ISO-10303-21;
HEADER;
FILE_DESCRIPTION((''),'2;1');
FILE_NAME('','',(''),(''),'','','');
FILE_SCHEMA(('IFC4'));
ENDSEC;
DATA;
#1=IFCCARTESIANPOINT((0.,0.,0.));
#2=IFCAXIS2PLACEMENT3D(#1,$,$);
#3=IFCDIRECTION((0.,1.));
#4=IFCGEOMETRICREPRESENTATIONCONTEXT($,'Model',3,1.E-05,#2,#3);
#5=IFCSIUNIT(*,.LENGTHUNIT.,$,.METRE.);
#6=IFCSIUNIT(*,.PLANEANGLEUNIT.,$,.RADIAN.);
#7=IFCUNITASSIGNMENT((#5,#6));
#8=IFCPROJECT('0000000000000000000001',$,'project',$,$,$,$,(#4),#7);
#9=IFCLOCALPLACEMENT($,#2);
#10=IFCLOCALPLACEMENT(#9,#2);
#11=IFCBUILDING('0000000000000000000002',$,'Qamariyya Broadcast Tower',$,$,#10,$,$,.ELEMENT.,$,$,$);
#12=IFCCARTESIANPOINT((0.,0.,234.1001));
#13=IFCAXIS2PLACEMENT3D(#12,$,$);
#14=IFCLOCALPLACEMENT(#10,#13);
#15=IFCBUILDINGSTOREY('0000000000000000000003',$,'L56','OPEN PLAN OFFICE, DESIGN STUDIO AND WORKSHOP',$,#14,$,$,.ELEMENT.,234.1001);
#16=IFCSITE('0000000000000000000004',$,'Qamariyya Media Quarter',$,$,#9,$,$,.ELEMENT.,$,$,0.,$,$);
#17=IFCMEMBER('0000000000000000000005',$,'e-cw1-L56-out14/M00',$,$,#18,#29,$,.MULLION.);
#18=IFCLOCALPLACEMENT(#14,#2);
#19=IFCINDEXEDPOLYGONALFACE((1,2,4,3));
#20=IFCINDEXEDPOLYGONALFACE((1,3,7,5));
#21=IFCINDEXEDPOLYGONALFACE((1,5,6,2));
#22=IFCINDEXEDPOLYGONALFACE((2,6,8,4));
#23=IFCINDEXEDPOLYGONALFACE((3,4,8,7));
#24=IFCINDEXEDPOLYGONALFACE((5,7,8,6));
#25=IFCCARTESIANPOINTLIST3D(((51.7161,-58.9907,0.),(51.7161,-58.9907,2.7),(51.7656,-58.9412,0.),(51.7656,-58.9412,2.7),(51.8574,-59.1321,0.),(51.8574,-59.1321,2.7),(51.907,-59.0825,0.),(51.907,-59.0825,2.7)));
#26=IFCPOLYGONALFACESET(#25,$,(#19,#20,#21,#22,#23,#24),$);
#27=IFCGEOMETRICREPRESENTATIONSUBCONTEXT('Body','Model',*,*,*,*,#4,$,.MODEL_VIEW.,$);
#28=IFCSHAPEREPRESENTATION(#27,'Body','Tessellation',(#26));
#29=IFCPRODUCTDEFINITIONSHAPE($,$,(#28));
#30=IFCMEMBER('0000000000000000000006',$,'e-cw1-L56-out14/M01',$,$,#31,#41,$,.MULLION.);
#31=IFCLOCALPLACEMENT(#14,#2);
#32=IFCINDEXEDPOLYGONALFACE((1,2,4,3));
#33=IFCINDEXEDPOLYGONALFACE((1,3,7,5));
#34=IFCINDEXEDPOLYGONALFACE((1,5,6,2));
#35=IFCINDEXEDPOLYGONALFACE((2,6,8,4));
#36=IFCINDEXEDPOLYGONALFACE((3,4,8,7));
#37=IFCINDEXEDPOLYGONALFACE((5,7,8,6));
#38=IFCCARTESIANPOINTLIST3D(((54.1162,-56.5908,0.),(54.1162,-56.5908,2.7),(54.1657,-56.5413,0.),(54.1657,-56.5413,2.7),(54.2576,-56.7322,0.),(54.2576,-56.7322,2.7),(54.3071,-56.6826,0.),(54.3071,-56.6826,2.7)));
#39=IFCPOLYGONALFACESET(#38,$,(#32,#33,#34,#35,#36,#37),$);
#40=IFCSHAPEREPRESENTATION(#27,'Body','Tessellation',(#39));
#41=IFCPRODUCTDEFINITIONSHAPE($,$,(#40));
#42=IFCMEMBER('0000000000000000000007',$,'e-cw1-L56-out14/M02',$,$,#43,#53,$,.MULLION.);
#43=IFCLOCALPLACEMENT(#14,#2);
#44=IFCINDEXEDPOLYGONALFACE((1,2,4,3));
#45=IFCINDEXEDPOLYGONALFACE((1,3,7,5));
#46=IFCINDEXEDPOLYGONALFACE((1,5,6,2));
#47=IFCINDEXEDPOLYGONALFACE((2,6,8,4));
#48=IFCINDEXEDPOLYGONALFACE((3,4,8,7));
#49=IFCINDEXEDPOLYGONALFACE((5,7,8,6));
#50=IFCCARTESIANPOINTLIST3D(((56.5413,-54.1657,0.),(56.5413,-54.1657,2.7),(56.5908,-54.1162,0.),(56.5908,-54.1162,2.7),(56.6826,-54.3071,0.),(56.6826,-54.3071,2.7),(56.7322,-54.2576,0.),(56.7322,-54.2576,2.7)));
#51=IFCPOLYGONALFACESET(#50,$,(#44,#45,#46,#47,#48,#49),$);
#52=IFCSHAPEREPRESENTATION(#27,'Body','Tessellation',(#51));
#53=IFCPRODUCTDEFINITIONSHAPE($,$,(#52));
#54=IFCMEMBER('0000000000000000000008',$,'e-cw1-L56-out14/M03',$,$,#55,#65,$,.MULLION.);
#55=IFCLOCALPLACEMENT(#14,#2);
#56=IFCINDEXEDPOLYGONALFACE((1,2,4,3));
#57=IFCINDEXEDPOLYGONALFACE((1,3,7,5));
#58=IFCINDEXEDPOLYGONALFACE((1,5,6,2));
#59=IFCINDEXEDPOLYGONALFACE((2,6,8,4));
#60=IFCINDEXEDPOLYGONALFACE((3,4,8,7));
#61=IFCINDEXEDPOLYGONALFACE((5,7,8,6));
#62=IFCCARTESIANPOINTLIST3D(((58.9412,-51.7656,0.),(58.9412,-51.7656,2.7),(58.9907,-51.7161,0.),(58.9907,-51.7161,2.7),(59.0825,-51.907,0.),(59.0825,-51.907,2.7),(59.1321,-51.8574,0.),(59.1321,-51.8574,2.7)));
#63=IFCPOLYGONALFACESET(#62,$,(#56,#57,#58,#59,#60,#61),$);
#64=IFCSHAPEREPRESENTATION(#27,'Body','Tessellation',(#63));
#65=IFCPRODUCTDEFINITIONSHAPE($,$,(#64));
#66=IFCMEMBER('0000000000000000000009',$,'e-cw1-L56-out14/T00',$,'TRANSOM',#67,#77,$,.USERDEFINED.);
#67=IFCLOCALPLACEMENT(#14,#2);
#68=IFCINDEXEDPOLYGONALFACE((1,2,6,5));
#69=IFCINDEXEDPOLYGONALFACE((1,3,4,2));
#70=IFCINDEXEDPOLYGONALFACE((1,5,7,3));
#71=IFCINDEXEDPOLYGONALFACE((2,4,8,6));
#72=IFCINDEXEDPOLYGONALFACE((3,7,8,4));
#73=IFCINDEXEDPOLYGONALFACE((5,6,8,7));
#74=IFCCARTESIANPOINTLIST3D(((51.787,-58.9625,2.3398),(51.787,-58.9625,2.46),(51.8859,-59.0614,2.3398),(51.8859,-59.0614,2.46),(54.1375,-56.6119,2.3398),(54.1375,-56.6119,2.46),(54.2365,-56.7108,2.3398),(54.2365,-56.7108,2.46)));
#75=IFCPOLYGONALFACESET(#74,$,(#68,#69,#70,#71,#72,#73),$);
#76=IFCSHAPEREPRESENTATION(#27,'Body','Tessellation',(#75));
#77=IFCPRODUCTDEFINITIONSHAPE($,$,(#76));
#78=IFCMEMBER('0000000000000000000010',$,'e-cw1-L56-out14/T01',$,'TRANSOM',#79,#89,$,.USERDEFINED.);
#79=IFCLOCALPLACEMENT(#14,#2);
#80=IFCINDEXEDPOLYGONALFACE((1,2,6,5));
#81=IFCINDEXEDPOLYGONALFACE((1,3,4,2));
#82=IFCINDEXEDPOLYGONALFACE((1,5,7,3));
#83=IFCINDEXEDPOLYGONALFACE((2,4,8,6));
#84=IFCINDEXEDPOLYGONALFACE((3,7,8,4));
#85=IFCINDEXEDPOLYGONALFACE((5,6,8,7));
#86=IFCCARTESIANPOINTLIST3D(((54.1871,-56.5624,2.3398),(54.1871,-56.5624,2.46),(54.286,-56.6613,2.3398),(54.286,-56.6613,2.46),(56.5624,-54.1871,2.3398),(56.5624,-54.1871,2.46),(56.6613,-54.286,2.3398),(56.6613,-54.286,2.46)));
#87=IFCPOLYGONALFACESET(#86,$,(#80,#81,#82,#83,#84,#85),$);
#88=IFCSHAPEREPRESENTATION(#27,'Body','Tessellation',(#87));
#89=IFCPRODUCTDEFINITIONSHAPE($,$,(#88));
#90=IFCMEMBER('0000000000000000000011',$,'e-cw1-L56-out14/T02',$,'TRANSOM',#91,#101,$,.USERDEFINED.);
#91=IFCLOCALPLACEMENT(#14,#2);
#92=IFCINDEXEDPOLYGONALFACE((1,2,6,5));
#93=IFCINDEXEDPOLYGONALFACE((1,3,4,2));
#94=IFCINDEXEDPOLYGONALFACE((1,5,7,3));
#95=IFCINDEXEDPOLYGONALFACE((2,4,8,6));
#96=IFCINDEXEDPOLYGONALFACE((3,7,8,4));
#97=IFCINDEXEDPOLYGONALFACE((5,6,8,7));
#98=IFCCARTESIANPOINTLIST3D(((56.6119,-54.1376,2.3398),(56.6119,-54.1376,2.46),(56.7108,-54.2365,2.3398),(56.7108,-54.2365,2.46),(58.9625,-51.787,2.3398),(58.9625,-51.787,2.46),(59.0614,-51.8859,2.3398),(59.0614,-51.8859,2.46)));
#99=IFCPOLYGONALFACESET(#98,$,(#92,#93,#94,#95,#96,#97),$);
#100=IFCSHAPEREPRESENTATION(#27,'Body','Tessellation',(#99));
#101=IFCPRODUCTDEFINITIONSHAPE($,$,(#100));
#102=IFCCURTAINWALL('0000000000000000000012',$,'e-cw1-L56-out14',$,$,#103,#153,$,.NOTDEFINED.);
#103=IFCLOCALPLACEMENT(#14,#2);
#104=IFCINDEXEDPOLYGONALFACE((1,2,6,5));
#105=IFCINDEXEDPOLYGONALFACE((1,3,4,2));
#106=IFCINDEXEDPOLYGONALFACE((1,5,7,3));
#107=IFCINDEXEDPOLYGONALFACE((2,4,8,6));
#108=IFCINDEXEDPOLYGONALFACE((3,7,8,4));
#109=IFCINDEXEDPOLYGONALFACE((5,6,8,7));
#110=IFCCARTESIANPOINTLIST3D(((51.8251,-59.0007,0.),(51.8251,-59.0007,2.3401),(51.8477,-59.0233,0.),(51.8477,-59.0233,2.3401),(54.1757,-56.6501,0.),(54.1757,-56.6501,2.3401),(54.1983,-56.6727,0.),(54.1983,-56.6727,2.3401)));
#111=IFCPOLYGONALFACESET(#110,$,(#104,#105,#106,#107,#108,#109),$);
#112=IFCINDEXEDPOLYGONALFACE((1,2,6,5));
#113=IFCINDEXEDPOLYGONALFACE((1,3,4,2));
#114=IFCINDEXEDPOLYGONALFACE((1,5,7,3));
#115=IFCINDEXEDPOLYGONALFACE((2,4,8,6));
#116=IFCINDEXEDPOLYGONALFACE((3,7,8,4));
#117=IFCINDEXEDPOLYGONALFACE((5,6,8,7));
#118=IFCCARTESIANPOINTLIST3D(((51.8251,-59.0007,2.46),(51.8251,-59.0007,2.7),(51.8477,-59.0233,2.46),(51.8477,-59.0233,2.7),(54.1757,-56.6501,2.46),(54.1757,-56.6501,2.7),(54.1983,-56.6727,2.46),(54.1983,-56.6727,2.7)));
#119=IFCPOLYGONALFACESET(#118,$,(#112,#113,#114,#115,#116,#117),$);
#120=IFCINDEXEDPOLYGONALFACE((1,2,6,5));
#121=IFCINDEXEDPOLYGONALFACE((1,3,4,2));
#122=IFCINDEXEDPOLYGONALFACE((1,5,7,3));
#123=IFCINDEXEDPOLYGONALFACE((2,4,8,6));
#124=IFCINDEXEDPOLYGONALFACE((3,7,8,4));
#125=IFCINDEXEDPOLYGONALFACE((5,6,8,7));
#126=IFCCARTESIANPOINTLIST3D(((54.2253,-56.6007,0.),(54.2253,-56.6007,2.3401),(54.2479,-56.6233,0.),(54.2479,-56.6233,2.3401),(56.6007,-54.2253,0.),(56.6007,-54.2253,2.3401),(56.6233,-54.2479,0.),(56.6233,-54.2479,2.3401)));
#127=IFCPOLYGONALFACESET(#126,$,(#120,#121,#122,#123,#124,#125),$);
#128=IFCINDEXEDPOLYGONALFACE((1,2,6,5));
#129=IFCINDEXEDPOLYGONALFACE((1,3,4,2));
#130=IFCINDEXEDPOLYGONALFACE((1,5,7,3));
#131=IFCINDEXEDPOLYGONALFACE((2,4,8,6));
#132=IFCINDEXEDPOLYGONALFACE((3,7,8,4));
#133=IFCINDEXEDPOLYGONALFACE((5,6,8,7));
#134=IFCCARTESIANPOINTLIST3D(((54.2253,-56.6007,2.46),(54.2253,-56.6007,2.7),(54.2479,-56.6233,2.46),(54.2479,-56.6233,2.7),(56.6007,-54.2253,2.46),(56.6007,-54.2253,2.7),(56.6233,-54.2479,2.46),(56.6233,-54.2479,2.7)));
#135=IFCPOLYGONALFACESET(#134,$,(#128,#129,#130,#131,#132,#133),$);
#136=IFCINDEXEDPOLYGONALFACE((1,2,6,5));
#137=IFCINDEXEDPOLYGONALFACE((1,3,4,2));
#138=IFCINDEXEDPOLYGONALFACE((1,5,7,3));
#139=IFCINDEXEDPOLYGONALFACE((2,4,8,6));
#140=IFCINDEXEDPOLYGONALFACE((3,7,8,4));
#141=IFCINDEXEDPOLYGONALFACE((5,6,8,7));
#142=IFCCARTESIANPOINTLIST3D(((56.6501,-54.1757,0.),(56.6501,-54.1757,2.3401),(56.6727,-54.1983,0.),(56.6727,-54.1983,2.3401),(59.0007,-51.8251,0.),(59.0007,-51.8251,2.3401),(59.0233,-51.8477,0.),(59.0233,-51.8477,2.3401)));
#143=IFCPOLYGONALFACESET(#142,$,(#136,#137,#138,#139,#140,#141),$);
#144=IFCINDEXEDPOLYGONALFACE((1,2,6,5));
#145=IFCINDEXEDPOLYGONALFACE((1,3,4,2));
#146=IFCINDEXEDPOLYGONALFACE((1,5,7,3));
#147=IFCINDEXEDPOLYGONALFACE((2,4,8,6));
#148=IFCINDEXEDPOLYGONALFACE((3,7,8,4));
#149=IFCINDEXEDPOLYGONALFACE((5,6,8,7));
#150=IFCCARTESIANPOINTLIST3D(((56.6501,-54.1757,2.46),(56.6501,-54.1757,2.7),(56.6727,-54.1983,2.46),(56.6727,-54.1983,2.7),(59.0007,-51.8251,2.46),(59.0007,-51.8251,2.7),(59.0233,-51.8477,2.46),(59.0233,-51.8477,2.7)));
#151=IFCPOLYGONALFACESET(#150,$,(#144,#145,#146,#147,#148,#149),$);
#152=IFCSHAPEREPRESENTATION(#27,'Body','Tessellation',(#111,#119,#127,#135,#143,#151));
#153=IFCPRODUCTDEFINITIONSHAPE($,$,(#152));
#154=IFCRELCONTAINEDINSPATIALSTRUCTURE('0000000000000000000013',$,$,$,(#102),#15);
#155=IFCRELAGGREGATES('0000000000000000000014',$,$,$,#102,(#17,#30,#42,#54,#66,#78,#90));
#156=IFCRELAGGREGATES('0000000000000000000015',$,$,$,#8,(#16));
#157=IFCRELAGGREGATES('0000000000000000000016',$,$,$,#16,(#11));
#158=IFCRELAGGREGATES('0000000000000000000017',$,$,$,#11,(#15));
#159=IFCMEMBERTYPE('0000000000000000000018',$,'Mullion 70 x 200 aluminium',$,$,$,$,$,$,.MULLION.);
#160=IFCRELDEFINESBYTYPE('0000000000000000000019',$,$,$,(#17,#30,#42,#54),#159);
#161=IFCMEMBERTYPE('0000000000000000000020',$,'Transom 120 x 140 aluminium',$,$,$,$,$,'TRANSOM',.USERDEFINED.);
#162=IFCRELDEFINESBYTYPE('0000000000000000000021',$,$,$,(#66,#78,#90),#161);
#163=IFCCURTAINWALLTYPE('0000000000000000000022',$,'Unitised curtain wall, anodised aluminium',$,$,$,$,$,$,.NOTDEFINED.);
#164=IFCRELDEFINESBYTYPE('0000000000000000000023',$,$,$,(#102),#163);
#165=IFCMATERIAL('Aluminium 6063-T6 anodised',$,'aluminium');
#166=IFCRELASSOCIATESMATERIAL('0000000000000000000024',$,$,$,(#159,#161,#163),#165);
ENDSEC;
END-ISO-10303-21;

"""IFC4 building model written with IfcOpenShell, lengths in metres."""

from ifc_helpers import new_model, si_unit, direction, frame, origin, origin_2d, place, context, subcontext, project, spatial, rectangle, extrude, material, material_profile, profile_set, type_object, element, aggregate, save


model = new_model("IFC4")

# Units and contexts
model_context = context("Model", 3, precision=1e-05, world=origin(), true_north=direction((0.0, 1.0)))
body_context = subcontext(model_context, "Body", "Model", "MODEL_VIEW")
ifc_project = project(units=[si_unit("LENGTHUNIT", "METRE"), si_unit("PLANEANGLEUNIT", "RADIAN")], contexts=[model_context])

# Members
ifc_material_1 = material(Name="Aluminium 6063-T6 anodised", Category="aluminium")
ifc_material_profile_1 = material_profile(ifc_material_1, rectangle(XDim=0.2, YDim=0.0701, at=origin_2d()))
ifc_profile_set_1 = profile_set([ifc_material_profile_1], Name="Aluminium 6063-T6 anodised")
member_type_1 = type_object("IfcMemberType", Name="Mullion 70 x 200 aluminium", PredefinedType="MULLION", material=ifc_profile_set_1)
site_placement = place(None, origin())
building_placement = place(site_placement, origin())
storey_placement = place(building_placement, frame((0.0, 0.0, 234.1001)))
member_1_placement = place(storey_placement, frame((51.8115, -59.0366, 0.0), z_axis=(0.0, 0.0, 1.0), x_axis=(-0.707107, 0.707107, 0.0)))
member_1 = element("IfcMember", 1, at=member_1_placement, type_object=member_type_1, Name="e-cw1-L56-out14/M00", PredefinedType="MULLION", context=body_context, shape_type="SweptSolid", body=[
    extrude(rectangle(XDim=0.2, YDim=0.0701, at=origin_2d()), origin(), (0.0, 0.0, 1.0), 2.7),
])
member_2_placement = place(storey_placement, frame((54.2117, -56.6367, 0.0), z_axis=(0.0, 0.0, 1.0), x_axis=(-0.707107, 0.707107, 0.0)))
member_2 = element("IfcMember", 2, at=member_2_placement, type_object=member_type_1, Name="e-cw1-L56-out14/M01", PredefinedType="MULLION", context=body_context, shape_type="SweptSolid", body=[
    extrude(rectangle(XDim=0.2, YDim=0.0701, at=origin_2d()), origin(), (0.0, 0.0, 1.0), 2.7),
])
member_3_placement = place(storey_placement, frame((56.6367, -54.2117, 0.0), z_axis=(0.0, 0.0, 1.0), x_axis=(-0.707107, 0.707107, 0.0)))
member_3 = element("IfcMember", 3, at=member_3_placement, type_object=member_type_1, Name="e-cw1-L56-out14/M02", PredefinedType="MULLION", context=body_context, shape_type="SweptSolid", body=[
    extrude(rectangle(XDim=0.2, YDim=0.0701, at=origin_2d()), origin(), (0.0, 0.0, 1.0), 2.7),
])
member_4_placement = place(storey_placement, frame((59.0366, -51.8115, 0.0), z_axis=(0.0, 0.0, 1.0), x_axis=(-0.707107, 0.707107, 0.0)))
member_4 = element("IfcMember", 4, at=member_4_placement, type_object=member_type_1, Name="e-cw1-L56-out14/M03", PredefinedType="MULLION", context=body_context, shape_type="SweptSolid", body=[
    extrude(rectangle(XDim=0.2, YDim=0.0701, at=origin_2d()), origin(), (0.0, 0.0, 1.0), 2.7),
])
ifc_material_profile_2 = material_profile(ifc_material_1, rectangle(XDim=0.1399, YDim=0.1201, at=origin_2d()))
ifc_profile_set_2 = profile_set([ifc_material_profile_2], Name="Aluminium 6063-T6 anodised")
member_type_2 = type_object("IfcMemberType", Name="Transom 120 x 140 aluminium", ElementType="TRANSOM", PredefinedType="USERDEFINED", material=ifc_profile_set_2)
member_5_placement = place(storey_placement, frame((51.8364, -59.012, 2.3999), z_axis=(0.707107, 0.707107, 0.0), x_axis=(-0.707107, 0.707107, 0.0)))
member_5 = element("IfcMember", 5, at=member_5_placement, type_object=member_type_2, Name="e-cw1-L56-out14/T00", ObjectType="TRANSOM", PredefinedType="USERDEFINED", context=body_context, shape_type="SweptSolid", body=[
    extrude(rectangle(XDim=0.1399, YDim=0.1201, at=origin_2d()), origin(), (0.0, 0.0, 1.0), 3.3242),
])
member_6_placement = place(storey_placement, frame((54.2366, -56.6118, 2.3999), z_axis=(0.707107, 0.707107, 0.0), x_axis=(-0.707107, 0.707107, 0.0)))
member_6 = element("IfcMember", 6, at=member_6_placement, type_object=member_type_2, Name="e-cw1-L56-out14/T01", ObjectType="TRANSOM", PredefinedType="USERDEFINED", context=body_context, shape_type="SweptSolid", body=[
    extrude(rectangle(XDim=0.1399, YDim=0.1201, at=origin_2d()), origin(), (0.0, 0.0, 1.0), 3.3591),
])
member_7_placement = place(storey_placement, frame((56.6614, -54.187, 2.3999), z_axis=(0.707107, 0.707107, 0.0), x_axis=(-0.707107, 0.707107, 0.0)))
member_7 = element("IfcMember", 7, at=member_7_placement, type_object=member_type_2, Name="e-cw1-L56-out14/T02", ObjectType="TRANSOM", PredefinedType="USERDEFINED", context=body_context, shape_type="SweptSolid", body=[
    extrude(rectangle(XDim=0.1399, YDim=0.1201, at=origin_2d()), origin(), (0.0, 0.0, 1.0), 3.3242),
])

# Site, building, storey
site = spatial("IfcSite", under=ifc_project, at=site_placement, Name="Qamariyya Media Quarter", CompositionType="ELEMENT", RefElevation=0.0)
building = spatial("IfcBuilding", under=site, at=building_placement, Name="Qamariyya Broadcast Tower", CompositionType="ELEMENT")
storey = spatial("IfcBuildingStorey", under=building, at=storey_placement, Name="L56", Description="OPEN PLAN OFFICE, DESIGN STUDIO AND WORKSHOP", CompositionType="ELEMENT", Elevation=234.1001)

# Curtain wall
curtain_wall_type = type_object("IfcCurtainWallType", Name="Unitised curtain wall, anodised aluminium", PredefinedType="NOTDEFINED", material=ifc_material_1)
curtain_wall_1_placement = place(storey_placement, origin())
curtain_wall_1 = element("IfcCurtainWall", 8, at=curtain_wall_1_placement, inside=storey, type_object=curtain_wall_type, Name="e-cw1-L56-out14", PredefinedType="NOTDEFINED", context=body_context, shape_type="SweptSolid", body=[
    extrude(rectangle(XDim=3.3242, YDim=0.032, at=origin_2d()), frame((53.0117, -57.8367, 0.0), x_axis=(0.707107, 0.707107, 0.0)), (0.0, 0.0, 1.0), 2.3401),
    extrude(rectangle(XDim=3.3242, YDim=0.032, at=origin_2d()), frame((53.0117, -57.8367, 2.46), x_axis=(0.707107, 0.707107, 0.0)), (0.0, 0.0, 1.0), 0.24),
    extrude(rectangle(XDim=3.3594, YDim=0.032, at=origin_2d()), frame((55.4243, -55.4243, 0.0), x_axis=(0.707107, 0.707107, 0.0)), (0.0, 0.0, 1.0), 2.3401),
    extrude(rectangle(XDim=3.3594, YDim=0.032, at=origin_2d()), frame((55.4243, -55.4243, 2.46), x_axis=(0.707107, 0.707107, 0.0)), (0.0, 0.0, 1.0), 0.24),
    extrude(rectangle(XDim=3.3242, YDim=0.032, at=origin_2d()), frame((57.8367, -53.0117, 0.0), x_axis=(0.707107, 0.707107, 0.0)), (0.0, 0.0, 1.0), 2.3401),
    extrude(rectangle(XDim=3.3242, YDim=0.032, at=origin_2d()), frame((57.8367, -53.0117, 2.46), x_axis=(0.707107, 0.707107, 0.0)), (0.0, 0.0, 1.0), 0.24),
])
aggregate(curtain_wall_1, [member_1, member_2, member_3, member_4, member_5, member_6, member_7])

save(model, "model.ifc")
